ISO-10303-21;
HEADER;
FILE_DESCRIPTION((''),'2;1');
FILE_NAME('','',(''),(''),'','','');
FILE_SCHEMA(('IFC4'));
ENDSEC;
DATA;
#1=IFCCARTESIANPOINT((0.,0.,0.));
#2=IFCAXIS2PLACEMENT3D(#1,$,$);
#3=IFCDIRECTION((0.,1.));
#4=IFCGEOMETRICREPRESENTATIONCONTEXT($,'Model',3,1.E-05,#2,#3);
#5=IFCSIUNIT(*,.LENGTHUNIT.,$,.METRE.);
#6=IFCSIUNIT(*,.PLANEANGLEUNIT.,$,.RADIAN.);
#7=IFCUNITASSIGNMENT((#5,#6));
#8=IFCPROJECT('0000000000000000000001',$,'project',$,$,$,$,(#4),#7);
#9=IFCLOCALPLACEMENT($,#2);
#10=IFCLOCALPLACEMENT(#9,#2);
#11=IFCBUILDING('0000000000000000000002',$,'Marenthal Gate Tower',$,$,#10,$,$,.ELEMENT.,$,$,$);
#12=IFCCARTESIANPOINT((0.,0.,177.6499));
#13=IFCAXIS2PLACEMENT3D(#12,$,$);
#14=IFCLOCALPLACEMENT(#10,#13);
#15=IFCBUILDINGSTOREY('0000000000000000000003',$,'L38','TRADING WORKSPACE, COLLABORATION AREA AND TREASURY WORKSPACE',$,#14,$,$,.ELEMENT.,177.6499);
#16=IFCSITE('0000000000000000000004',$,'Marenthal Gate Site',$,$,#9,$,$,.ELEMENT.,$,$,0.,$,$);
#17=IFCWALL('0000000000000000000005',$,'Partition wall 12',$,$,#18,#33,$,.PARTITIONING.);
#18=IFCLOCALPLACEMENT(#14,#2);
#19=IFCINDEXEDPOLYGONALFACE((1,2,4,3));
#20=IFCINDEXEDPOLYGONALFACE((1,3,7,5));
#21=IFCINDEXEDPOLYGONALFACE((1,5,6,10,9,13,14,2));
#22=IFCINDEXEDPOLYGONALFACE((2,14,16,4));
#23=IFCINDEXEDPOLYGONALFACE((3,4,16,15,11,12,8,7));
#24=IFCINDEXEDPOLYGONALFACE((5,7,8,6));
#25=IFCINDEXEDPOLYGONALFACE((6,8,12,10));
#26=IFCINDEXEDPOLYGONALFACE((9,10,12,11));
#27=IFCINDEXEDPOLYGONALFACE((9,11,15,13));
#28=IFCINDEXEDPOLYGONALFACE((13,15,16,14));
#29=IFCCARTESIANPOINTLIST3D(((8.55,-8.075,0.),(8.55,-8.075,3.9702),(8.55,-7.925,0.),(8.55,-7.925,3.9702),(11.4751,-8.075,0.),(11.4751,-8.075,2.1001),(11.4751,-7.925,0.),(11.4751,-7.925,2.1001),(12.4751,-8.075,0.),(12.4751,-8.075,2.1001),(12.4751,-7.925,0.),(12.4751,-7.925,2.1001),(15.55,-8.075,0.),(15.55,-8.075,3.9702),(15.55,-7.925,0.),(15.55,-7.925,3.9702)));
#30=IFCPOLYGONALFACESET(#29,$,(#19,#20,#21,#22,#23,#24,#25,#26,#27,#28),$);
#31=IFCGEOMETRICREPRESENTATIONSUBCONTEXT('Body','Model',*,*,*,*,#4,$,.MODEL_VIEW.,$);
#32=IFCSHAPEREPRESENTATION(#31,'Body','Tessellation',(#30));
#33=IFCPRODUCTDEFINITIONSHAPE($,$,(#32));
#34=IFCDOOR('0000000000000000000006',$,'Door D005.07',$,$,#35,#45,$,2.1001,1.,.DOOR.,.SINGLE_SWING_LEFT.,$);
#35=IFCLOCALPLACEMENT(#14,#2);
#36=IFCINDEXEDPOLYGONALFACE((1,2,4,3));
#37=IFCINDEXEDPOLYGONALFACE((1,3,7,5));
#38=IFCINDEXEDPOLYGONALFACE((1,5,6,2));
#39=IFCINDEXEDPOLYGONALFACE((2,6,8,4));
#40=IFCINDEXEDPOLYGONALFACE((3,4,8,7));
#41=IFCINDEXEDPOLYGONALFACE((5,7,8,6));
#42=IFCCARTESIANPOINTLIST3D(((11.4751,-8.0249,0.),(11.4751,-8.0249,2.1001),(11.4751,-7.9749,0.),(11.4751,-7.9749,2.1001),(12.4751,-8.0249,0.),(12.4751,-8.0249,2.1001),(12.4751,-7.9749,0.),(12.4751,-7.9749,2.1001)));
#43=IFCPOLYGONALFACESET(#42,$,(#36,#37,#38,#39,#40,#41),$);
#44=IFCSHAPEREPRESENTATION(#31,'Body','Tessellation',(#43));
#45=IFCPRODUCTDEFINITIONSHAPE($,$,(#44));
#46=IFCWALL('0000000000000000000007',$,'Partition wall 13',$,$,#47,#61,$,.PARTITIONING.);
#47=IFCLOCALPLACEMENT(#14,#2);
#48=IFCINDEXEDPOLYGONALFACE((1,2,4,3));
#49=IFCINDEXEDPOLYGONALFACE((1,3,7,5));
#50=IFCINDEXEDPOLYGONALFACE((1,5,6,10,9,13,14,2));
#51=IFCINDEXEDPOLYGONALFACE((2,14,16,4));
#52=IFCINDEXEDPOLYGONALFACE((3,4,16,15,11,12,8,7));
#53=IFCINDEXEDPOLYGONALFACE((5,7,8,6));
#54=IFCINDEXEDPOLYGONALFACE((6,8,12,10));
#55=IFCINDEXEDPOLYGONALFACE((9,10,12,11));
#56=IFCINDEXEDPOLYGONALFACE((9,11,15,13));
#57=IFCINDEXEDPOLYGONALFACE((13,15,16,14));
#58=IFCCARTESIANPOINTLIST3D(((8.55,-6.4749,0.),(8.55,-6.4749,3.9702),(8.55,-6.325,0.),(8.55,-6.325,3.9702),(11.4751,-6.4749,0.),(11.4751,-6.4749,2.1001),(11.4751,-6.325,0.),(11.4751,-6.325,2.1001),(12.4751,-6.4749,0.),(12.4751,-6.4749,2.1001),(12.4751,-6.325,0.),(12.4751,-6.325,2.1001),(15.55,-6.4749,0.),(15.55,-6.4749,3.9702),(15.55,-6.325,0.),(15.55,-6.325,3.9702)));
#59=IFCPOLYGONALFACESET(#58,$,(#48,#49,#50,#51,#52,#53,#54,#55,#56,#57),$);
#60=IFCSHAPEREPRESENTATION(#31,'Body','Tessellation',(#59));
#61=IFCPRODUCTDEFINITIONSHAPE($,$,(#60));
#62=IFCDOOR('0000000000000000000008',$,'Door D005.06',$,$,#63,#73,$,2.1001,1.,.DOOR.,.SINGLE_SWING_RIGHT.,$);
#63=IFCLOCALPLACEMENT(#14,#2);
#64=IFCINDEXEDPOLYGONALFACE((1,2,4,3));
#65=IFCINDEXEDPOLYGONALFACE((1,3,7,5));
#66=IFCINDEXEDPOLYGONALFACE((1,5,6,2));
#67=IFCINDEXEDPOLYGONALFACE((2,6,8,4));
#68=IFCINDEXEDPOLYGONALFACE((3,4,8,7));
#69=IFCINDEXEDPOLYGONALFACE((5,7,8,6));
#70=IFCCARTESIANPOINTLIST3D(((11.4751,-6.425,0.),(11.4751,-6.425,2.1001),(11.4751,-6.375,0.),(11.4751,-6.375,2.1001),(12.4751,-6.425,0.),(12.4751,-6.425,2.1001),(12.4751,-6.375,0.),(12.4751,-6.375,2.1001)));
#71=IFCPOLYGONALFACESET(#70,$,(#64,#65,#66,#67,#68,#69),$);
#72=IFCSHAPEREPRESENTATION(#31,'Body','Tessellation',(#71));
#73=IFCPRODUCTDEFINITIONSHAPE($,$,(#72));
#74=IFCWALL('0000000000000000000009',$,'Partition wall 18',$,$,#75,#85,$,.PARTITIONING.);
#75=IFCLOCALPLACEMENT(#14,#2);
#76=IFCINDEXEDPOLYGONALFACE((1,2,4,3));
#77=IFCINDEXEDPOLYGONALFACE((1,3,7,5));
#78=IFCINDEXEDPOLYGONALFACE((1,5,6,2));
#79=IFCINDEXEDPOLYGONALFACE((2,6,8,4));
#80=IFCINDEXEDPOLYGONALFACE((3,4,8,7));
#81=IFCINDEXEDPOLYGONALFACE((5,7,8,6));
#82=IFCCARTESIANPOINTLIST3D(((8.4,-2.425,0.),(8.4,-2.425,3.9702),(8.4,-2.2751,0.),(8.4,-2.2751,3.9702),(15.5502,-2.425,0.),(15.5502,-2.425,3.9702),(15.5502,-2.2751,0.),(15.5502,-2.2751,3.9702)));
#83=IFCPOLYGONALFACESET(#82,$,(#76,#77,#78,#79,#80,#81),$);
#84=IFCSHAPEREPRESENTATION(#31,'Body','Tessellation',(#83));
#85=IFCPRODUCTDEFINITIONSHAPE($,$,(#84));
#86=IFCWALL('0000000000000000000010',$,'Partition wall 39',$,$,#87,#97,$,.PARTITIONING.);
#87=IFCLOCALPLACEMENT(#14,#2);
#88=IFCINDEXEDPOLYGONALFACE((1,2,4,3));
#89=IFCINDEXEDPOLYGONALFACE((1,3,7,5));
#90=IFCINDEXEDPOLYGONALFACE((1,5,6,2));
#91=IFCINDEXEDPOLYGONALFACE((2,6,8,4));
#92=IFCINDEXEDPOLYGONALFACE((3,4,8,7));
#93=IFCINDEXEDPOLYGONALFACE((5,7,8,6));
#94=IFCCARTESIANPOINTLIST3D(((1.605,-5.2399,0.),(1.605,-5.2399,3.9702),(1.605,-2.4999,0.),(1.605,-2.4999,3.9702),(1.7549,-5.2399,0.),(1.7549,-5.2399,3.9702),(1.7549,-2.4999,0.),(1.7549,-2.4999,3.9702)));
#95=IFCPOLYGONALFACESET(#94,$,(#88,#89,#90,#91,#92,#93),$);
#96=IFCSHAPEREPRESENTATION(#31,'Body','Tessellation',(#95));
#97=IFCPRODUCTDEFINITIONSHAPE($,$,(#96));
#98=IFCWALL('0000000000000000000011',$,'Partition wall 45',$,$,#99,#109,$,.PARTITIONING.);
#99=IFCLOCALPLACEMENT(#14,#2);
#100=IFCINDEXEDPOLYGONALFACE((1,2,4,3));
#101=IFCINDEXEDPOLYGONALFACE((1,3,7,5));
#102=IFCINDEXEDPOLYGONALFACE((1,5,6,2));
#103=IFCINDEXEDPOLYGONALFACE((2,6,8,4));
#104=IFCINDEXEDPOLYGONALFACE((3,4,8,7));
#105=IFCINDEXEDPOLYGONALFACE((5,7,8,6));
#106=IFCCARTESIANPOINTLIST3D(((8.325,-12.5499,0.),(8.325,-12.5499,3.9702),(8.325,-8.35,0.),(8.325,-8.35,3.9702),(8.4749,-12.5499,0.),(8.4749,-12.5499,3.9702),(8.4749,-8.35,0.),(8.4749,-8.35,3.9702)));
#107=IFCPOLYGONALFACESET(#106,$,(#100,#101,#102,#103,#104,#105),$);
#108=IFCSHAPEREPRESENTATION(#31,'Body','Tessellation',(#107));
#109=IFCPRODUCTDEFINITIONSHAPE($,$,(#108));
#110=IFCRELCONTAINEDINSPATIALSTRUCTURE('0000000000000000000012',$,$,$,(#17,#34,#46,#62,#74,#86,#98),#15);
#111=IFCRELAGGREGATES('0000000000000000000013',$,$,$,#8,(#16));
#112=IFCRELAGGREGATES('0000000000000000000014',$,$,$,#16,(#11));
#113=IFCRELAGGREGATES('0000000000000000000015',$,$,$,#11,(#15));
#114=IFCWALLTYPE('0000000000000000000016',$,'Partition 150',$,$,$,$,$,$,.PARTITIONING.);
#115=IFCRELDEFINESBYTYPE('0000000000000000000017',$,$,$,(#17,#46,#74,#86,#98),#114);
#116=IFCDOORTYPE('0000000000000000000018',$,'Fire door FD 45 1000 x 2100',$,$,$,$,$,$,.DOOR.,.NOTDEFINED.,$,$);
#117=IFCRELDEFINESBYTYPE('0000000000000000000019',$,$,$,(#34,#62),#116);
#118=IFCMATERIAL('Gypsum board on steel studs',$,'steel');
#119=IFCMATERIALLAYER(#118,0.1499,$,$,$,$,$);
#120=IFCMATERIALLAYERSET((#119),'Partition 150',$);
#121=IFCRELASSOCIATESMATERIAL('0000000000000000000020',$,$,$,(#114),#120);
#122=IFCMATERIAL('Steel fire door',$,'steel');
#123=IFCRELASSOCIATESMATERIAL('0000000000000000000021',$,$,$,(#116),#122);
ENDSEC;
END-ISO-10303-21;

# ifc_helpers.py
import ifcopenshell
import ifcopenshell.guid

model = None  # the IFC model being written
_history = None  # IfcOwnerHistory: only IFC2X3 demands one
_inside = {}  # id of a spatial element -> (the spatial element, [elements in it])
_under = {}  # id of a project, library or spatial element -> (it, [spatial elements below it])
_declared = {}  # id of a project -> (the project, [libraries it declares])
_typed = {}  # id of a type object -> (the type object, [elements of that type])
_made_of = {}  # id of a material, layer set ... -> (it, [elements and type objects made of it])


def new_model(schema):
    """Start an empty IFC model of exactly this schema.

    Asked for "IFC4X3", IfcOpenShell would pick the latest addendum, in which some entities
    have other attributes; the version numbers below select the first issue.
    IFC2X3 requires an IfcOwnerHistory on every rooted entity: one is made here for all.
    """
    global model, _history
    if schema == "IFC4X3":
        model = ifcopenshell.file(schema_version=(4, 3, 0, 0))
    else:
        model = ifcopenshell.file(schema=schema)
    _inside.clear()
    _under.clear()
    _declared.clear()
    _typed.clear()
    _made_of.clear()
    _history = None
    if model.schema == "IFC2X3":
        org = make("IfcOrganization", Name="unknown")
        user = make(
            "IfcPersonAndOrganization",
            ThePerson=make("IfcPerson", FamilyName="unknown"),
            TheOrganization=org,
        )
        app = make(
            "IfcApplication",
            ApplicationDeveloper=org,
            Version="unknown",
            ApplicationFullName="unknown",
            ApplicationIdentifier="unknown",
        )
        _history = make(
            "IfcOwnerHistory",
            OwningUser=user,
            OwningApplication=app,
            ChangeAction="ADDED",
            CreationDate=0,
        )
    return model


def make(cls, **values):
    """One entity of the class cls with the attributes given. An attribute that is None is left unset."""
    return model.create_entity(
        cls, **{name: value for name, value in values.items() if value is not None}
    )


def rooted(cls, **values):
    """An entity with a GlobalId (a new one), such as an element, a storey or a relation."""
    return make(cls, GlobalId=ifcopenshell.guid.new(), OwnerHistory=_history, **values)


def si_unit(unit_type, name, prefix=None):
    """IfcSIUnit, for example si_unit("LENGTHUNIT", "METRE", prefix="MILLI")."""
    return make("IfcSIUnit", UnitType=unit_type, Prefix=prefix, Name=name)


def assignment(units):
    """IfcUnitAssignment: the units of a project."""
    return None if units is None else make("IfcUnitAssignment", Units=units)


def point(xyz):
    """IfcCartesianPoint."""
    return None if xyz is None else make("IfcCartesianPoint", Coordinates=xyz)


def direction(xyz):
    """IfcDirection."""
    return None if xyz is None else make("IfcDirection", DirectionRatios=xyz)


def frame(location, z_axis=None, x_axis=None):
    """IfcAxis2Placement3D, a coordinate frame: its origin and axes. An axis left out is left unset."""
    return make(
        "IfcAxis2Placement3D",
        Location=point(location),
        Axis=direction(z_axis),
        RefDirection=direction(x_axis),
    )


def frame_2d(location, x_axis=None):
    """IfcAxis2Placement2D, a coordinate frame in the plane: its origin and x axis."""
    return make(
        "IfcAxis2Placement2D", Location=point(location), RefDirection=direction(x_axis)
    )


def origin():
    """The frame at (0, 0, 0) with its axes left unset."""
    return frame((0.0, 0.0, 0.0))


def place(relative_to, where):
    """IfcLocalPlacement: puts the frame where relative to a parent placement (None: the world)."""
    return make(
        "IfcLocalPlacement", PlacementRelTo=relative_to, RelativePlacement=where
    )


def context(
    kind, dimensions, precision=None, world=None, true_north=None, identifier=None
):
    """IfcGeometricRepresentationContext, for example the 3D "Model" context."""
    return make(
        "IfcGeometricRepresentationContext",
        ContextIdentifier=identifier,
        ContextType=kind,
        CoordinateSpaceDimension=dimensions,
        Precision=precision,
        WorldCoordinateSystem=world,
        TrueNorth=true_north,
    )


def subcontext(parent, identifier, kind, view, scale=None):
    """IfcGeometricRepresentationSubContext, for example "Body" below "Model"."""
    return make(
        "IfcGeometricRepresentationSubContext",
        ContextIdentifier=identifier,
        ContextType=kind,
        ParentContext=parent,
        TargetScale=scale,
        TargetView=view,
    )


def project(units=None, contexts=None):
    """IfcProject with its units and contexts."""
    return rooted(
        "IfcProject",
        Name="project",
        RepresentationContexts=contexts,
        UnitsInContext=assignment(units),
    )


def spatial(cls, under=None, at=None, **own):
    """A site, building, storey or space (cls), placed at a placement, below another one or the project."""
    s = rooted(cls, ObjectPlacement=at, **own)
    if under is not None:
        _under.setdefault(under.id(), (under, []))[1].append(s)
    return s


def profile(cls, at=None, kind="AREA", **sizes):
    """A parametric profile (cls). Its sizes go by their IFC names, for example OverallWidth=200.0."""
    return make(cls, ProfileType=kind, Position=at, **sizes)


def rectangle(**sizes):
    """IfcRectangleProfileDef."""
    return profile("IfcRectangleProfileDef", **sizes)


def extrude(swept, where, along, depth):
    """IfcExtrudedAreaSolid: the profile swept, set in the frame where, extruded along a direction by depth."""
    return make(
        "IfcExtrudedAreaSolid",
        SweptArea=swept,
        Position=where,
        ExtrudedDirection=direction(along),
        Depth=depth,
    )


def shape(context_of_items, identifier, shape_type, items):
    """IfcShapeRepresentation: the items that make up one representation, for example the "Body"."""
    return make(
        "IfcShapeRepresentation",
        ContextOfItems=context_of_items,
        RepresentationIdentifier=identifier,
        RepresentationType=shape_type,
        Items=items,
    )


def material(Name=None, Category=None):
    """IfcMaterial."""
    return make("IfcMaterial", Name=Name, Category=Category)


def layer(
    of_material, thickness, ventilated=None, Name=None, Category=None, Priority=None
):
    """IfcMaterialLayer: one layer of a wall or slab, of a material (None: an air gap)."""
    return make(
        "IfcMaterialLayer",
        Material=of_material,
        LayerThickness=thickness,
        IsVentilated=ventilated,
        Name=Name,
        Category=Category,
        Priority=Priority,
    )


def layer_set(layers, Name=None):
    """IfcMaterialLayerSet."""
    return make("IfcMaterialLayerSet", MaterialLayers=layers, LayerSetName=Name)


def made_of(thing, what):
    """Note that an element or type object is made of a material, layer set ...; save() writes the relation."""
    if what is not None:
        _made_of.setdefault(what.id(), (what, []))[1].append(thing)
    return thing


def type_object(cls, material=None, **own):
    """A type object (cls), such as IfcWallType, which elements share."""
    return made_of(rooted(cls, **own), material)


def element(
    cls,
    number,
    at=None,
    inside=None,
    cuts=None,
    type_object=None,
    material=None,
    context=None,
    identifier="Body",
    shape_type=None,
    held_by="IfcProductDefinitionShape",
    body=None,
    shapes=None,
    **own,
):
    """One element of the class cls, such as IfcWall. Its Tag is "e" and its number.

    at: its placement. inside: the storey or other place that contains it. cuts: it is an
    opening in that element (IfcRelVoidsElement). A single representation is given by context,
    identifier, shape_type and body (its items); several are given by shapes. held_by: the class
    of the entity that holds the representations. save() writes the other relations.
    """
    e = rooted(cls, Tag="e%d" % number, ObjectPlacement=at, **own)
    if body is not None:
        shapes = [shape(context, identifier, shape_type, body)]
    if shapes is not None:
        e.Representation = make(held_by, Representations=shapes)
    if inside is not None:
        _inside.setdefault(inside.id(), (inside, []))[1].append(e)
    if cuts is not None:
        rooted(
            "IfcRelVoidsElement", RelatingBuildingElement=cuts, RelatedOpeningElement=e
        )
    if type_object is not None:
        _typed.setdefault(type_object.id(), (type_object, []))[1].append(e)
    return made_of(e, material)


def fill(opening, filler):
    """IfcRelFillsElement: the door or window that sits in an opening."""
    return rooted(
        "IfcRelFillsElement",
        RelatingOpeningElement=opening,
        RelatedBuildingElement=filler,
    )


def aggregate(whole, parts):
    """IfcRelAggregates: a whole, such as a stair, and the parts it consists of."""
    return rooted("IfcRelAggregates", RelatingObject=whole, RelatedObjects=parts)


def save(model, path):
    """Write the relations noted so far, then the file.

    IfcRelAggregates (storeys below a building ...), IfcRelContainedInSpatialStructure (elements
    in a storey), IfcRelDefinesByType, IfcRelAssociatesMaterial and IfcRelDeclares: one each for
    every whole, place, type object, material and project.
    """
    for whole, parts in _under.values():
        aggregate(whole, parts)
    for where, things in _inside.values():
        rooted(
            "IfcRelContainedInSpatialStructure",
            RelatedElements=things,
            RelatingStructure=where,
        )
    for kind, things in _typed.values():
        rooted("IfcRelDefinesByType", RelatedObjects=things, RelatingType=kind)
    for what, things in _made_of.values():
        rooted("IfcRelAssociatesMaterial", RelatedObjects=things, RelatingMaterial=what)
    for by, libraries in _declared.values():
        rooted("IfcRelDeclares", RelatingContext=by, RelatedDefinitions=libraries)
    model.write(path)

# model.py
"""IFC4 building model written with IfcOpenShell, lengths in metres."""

from ifc_helpers import new_model, si_unit, direction, frame, frame_2d, origin, place, context, subcontext, project, spatial, rectangle, extrude, material, layer, layer_set, type_object, element, fill, save


model = new_model("IFC4")

# Units and contexts
model_context = context("Model", 3, precision=1e-05, world=origin(), true_north=direction((0.0, 1.0)))
body_context = subcontext(model_context, "Body", "Model", "MODEL_VIEW")
ifc_project = project(units=[si_unit("LENGTHUNIT", "METRE"), si_unit("PLANEANGLEUNIT", "RADIAN")], contexts=[model_context])

# Site, building, storey
site_placement = place(None, origin())
site = spatial("IfcSite", under=ifc_project, at=site_placement, Name="Marenthal Gate Site", CompositionType="ELEMENT", RefElevation=0.0)
building_placement = place(site_placement, origin())
building = spatial("IfcBuilding", under=site, at=building_placement, Name="Marenthal Gate Tower", CompositionType="ELEMENT")
storey_placement = place(building_placement, frame((0.0, 0.0, 177.6499)))
storey = spatial("IfcBuildingStorey", under=building, at=storey_placement, Name="L38", Description="TRADING WORKSPACE, COLLABORATION AREA AND TREASURY WORKSPACE", CompositionType="ELEMENT", Elevation=177.6499)

# Walls, openings, doors
ifc_material_1 = material(Name="Gypsum board on steel studs", Category="steel")
ifc_layer_1 = layer(ifc_material_1, 0.1499)
ifc_layer_set_1 = layer_set([ifc_layer_1], Name="Partition 150")
wall_type_1 = type_object("IfcWallType", Name="Partition 150", PredefinedType="PARTITIONING", material=ifc_layer_set_1)
wall_1_placement = place(storey_placement, frame((8.55, -8.0, 0.0), z_axis=(0.0, 0.0, 1.0), x_axis=(1.0, 0.0, 0.0)))
wall_1 = element("IfcWall", 1, at=wall_1_placement, inside=storey, type_object=wall_type_1, Name="Partition wall 12", PredefinedType="PARTITIONING", context=body_context, shape_type="SweptSolid", body=[
    extrude(rectangle(XDim=7.0, YDim=0.1499, at=frame_2d((3.5, 0.0))), origin(), (0.0, 0.0, 1.0), 3.9702),
])
opening_1_placement = place(wall_1_placement, frame((2.925, 0.0, 0.0)))
opening_1 = element("IfcOpeningElement", 2, at=opening_1_placement, cuts=wall_1, PredefinedType="OPENING", context=body_context, shape_type="SweptSolid", body=[
    extrude(rectangle(XDim=1.0, YDim=2.1001, at=frame_2d((0.5, 1.05))), frame((0.0, 0.085, 0.0), z_axis=(0.0, -1.0, 0.0), x_axis=(1.0, 0.0, 0.0)), (0.0, 0.0, 1.0), 0.1699),
])
ifc_material_2 = material(Name="Steel fire door", Category="steel")
door_type_1 = type_object("IfcDoorType", Name="Fire door FD 45 1000 x 2100", OperationType="NOTDEFINED", PredefinedType="DOOR", material=ifc_material_2)
door_1_placement = place(opening_1_placement, frame((1.0, 0.0, 0.0), z_axis=(0.0, 0.0, 1.0), x_axis=(-1.0, 0.0, 0.0)))
door_1 = element("IfcDoor", 3, at=door_1_placement, inside=storey, type_object=door_type_1, Name="Door D005.07", OperationType="SINGLE_SWING_LEFT", OverallHeight=2.1001, OverallWidth=1.0, PredefinedType="DOOR", context=body_context, shape_type="SweptSolid", body=[
    extrude(rectangle(XDim=1.0, YDim=2.1001, at=frame_2d((0.5, 1.05))), frame((0.0, 0.0249, 0.0), z_axis=(0.0, -1.0, 0.0), x_axis=(1.0, 0.0, 0.0)), (0.0, 0.0, 1.0), 0.05),
])
fill(opening_1, door_1)
wall_2_placement = place(storey_placement, frame((8.55, -6.3999, 0.0), z_axis=(0.0, 0.0, 1.0), x_axis=(1.0, 0.0, 0.0)))
wall_2 = element("IfcWall", 4, at=wall_2_placement, inside=storey, type_object=wall_type_1, Name="Partition wall 13", PredefinedType="PARTITIONING", context=body_context, shape_type="SweptSolid", body=[
    extrude(rectangle(XDim=7.0, YDim=0.1499, at=frame_2d((3.5, 0.0))), origin(), (0.0, 0.0, 1.0), 3.9702),
])
opening_2_placement = place(wall_2_placement, frame((2.925, 0.0, 0.0)))
opening_2 = element("IfcOpeningElement", 5, at=opening_2_placement, cuts=wall_2, PredefinedType="OPENING", context=body_context, shape_type="SweptSolid", body=[
    extrude(rectangle(XDim=1.0, YDim=2.1001, at=frame_2d((0.5, 1.05))), frame((0.0, 0.085, 0.0), z_axis=(0.0, -1.0, 0.0), x_axis=(1.0, 0.0, 0.0)), (0.0, 0.0, 1.0), 0.1699),
])
door_2_placement = place(opening_2_placement, origin())
door_2 = element("IfcDoor", 6, at=door_2_placement, inside=storey, type_object=door_type_1, Name="Door D005.06", OperationType="SINGLE_SWING_RIGHT", OverallHeight=2.1001, OverallWidth=1.0, PredefinedType="DOOR", context=body_context, shape_type="SweptSolid", body=[
    extrude(rectangle(XDim=1.0, YDim=2.1001, at=frame_2d((0.5, 1.05))), frame((0.0, 0.0249, 0.0), z_axis=(0.0, -1.0, 0.0), x_axis=(1.0, 0.0, 0.0)), (0.0, 0.0, 1.0), 0.05),
])
fill(opening_2, door_2)

# Walls
wall_3_placement = place(storey_placement, frame((8.3999, -2.3501, 0.0), z_axis=(0.0, 0.0, 1.0), x_axis=(1.0, 0.0, 0.0)))
element("IfcWall", 7, at=wall_3_placement, inside=storey, type_object=wall_type_1, Name="Partition wall 18", PredefinedType="PARTITIONING", context=body_context, shape_type="SweptSolid", body=[
    extrude(rectangle(XDim=7.1501, YDim=0.1499, at=frame_2d((3.5752, 0.0))), origin(), (0.0, 0.0, 1.0), 3.9702),
])
wall_4_placement = place(storey_placement, frame((1.6799, -5.24, 0.0), z_axis=(0.0, 0.0, 1.0), x_axis=(0.0, 1.0, 0.0)))
element("IfcWall", 8, at=wall_4_placement, inside=storey, type_object=wall_type_1, Name="Partition wall 39", PredefinedType="PARTITIONING", context=body_context, shape_type="SweptSolid", body=[
    extrude(rectangle(XDim=2.74, YDim=0.1499, at=frame_2d((1.3701, 0.0))), origin(), (0.0, 0.0, 1.0), 3.9702),
])
wall_5_placement = place(storey_placement, frame((8.3999, -12.55, 0.0), z_axis=(0.0, 0.0, 1.0), x_axis=(0.0, 1.0, 0.0)))
element("IfcWall", 9, at=wall_5_placement, inside=storey, type_object=wall_type_1, Name="Partition wall 45", PredefinedType="PARTITIONING", context=body_context, shape_type="SweptSolid", body=[
    extrude(rectangle(XDim=4.2, YDim=0.1499, at=frame_2d((2.1001, 0.0))), origin(), (0.0, 0.0, 1.0), 3.9702),
])

save(model, "model.ifc")
